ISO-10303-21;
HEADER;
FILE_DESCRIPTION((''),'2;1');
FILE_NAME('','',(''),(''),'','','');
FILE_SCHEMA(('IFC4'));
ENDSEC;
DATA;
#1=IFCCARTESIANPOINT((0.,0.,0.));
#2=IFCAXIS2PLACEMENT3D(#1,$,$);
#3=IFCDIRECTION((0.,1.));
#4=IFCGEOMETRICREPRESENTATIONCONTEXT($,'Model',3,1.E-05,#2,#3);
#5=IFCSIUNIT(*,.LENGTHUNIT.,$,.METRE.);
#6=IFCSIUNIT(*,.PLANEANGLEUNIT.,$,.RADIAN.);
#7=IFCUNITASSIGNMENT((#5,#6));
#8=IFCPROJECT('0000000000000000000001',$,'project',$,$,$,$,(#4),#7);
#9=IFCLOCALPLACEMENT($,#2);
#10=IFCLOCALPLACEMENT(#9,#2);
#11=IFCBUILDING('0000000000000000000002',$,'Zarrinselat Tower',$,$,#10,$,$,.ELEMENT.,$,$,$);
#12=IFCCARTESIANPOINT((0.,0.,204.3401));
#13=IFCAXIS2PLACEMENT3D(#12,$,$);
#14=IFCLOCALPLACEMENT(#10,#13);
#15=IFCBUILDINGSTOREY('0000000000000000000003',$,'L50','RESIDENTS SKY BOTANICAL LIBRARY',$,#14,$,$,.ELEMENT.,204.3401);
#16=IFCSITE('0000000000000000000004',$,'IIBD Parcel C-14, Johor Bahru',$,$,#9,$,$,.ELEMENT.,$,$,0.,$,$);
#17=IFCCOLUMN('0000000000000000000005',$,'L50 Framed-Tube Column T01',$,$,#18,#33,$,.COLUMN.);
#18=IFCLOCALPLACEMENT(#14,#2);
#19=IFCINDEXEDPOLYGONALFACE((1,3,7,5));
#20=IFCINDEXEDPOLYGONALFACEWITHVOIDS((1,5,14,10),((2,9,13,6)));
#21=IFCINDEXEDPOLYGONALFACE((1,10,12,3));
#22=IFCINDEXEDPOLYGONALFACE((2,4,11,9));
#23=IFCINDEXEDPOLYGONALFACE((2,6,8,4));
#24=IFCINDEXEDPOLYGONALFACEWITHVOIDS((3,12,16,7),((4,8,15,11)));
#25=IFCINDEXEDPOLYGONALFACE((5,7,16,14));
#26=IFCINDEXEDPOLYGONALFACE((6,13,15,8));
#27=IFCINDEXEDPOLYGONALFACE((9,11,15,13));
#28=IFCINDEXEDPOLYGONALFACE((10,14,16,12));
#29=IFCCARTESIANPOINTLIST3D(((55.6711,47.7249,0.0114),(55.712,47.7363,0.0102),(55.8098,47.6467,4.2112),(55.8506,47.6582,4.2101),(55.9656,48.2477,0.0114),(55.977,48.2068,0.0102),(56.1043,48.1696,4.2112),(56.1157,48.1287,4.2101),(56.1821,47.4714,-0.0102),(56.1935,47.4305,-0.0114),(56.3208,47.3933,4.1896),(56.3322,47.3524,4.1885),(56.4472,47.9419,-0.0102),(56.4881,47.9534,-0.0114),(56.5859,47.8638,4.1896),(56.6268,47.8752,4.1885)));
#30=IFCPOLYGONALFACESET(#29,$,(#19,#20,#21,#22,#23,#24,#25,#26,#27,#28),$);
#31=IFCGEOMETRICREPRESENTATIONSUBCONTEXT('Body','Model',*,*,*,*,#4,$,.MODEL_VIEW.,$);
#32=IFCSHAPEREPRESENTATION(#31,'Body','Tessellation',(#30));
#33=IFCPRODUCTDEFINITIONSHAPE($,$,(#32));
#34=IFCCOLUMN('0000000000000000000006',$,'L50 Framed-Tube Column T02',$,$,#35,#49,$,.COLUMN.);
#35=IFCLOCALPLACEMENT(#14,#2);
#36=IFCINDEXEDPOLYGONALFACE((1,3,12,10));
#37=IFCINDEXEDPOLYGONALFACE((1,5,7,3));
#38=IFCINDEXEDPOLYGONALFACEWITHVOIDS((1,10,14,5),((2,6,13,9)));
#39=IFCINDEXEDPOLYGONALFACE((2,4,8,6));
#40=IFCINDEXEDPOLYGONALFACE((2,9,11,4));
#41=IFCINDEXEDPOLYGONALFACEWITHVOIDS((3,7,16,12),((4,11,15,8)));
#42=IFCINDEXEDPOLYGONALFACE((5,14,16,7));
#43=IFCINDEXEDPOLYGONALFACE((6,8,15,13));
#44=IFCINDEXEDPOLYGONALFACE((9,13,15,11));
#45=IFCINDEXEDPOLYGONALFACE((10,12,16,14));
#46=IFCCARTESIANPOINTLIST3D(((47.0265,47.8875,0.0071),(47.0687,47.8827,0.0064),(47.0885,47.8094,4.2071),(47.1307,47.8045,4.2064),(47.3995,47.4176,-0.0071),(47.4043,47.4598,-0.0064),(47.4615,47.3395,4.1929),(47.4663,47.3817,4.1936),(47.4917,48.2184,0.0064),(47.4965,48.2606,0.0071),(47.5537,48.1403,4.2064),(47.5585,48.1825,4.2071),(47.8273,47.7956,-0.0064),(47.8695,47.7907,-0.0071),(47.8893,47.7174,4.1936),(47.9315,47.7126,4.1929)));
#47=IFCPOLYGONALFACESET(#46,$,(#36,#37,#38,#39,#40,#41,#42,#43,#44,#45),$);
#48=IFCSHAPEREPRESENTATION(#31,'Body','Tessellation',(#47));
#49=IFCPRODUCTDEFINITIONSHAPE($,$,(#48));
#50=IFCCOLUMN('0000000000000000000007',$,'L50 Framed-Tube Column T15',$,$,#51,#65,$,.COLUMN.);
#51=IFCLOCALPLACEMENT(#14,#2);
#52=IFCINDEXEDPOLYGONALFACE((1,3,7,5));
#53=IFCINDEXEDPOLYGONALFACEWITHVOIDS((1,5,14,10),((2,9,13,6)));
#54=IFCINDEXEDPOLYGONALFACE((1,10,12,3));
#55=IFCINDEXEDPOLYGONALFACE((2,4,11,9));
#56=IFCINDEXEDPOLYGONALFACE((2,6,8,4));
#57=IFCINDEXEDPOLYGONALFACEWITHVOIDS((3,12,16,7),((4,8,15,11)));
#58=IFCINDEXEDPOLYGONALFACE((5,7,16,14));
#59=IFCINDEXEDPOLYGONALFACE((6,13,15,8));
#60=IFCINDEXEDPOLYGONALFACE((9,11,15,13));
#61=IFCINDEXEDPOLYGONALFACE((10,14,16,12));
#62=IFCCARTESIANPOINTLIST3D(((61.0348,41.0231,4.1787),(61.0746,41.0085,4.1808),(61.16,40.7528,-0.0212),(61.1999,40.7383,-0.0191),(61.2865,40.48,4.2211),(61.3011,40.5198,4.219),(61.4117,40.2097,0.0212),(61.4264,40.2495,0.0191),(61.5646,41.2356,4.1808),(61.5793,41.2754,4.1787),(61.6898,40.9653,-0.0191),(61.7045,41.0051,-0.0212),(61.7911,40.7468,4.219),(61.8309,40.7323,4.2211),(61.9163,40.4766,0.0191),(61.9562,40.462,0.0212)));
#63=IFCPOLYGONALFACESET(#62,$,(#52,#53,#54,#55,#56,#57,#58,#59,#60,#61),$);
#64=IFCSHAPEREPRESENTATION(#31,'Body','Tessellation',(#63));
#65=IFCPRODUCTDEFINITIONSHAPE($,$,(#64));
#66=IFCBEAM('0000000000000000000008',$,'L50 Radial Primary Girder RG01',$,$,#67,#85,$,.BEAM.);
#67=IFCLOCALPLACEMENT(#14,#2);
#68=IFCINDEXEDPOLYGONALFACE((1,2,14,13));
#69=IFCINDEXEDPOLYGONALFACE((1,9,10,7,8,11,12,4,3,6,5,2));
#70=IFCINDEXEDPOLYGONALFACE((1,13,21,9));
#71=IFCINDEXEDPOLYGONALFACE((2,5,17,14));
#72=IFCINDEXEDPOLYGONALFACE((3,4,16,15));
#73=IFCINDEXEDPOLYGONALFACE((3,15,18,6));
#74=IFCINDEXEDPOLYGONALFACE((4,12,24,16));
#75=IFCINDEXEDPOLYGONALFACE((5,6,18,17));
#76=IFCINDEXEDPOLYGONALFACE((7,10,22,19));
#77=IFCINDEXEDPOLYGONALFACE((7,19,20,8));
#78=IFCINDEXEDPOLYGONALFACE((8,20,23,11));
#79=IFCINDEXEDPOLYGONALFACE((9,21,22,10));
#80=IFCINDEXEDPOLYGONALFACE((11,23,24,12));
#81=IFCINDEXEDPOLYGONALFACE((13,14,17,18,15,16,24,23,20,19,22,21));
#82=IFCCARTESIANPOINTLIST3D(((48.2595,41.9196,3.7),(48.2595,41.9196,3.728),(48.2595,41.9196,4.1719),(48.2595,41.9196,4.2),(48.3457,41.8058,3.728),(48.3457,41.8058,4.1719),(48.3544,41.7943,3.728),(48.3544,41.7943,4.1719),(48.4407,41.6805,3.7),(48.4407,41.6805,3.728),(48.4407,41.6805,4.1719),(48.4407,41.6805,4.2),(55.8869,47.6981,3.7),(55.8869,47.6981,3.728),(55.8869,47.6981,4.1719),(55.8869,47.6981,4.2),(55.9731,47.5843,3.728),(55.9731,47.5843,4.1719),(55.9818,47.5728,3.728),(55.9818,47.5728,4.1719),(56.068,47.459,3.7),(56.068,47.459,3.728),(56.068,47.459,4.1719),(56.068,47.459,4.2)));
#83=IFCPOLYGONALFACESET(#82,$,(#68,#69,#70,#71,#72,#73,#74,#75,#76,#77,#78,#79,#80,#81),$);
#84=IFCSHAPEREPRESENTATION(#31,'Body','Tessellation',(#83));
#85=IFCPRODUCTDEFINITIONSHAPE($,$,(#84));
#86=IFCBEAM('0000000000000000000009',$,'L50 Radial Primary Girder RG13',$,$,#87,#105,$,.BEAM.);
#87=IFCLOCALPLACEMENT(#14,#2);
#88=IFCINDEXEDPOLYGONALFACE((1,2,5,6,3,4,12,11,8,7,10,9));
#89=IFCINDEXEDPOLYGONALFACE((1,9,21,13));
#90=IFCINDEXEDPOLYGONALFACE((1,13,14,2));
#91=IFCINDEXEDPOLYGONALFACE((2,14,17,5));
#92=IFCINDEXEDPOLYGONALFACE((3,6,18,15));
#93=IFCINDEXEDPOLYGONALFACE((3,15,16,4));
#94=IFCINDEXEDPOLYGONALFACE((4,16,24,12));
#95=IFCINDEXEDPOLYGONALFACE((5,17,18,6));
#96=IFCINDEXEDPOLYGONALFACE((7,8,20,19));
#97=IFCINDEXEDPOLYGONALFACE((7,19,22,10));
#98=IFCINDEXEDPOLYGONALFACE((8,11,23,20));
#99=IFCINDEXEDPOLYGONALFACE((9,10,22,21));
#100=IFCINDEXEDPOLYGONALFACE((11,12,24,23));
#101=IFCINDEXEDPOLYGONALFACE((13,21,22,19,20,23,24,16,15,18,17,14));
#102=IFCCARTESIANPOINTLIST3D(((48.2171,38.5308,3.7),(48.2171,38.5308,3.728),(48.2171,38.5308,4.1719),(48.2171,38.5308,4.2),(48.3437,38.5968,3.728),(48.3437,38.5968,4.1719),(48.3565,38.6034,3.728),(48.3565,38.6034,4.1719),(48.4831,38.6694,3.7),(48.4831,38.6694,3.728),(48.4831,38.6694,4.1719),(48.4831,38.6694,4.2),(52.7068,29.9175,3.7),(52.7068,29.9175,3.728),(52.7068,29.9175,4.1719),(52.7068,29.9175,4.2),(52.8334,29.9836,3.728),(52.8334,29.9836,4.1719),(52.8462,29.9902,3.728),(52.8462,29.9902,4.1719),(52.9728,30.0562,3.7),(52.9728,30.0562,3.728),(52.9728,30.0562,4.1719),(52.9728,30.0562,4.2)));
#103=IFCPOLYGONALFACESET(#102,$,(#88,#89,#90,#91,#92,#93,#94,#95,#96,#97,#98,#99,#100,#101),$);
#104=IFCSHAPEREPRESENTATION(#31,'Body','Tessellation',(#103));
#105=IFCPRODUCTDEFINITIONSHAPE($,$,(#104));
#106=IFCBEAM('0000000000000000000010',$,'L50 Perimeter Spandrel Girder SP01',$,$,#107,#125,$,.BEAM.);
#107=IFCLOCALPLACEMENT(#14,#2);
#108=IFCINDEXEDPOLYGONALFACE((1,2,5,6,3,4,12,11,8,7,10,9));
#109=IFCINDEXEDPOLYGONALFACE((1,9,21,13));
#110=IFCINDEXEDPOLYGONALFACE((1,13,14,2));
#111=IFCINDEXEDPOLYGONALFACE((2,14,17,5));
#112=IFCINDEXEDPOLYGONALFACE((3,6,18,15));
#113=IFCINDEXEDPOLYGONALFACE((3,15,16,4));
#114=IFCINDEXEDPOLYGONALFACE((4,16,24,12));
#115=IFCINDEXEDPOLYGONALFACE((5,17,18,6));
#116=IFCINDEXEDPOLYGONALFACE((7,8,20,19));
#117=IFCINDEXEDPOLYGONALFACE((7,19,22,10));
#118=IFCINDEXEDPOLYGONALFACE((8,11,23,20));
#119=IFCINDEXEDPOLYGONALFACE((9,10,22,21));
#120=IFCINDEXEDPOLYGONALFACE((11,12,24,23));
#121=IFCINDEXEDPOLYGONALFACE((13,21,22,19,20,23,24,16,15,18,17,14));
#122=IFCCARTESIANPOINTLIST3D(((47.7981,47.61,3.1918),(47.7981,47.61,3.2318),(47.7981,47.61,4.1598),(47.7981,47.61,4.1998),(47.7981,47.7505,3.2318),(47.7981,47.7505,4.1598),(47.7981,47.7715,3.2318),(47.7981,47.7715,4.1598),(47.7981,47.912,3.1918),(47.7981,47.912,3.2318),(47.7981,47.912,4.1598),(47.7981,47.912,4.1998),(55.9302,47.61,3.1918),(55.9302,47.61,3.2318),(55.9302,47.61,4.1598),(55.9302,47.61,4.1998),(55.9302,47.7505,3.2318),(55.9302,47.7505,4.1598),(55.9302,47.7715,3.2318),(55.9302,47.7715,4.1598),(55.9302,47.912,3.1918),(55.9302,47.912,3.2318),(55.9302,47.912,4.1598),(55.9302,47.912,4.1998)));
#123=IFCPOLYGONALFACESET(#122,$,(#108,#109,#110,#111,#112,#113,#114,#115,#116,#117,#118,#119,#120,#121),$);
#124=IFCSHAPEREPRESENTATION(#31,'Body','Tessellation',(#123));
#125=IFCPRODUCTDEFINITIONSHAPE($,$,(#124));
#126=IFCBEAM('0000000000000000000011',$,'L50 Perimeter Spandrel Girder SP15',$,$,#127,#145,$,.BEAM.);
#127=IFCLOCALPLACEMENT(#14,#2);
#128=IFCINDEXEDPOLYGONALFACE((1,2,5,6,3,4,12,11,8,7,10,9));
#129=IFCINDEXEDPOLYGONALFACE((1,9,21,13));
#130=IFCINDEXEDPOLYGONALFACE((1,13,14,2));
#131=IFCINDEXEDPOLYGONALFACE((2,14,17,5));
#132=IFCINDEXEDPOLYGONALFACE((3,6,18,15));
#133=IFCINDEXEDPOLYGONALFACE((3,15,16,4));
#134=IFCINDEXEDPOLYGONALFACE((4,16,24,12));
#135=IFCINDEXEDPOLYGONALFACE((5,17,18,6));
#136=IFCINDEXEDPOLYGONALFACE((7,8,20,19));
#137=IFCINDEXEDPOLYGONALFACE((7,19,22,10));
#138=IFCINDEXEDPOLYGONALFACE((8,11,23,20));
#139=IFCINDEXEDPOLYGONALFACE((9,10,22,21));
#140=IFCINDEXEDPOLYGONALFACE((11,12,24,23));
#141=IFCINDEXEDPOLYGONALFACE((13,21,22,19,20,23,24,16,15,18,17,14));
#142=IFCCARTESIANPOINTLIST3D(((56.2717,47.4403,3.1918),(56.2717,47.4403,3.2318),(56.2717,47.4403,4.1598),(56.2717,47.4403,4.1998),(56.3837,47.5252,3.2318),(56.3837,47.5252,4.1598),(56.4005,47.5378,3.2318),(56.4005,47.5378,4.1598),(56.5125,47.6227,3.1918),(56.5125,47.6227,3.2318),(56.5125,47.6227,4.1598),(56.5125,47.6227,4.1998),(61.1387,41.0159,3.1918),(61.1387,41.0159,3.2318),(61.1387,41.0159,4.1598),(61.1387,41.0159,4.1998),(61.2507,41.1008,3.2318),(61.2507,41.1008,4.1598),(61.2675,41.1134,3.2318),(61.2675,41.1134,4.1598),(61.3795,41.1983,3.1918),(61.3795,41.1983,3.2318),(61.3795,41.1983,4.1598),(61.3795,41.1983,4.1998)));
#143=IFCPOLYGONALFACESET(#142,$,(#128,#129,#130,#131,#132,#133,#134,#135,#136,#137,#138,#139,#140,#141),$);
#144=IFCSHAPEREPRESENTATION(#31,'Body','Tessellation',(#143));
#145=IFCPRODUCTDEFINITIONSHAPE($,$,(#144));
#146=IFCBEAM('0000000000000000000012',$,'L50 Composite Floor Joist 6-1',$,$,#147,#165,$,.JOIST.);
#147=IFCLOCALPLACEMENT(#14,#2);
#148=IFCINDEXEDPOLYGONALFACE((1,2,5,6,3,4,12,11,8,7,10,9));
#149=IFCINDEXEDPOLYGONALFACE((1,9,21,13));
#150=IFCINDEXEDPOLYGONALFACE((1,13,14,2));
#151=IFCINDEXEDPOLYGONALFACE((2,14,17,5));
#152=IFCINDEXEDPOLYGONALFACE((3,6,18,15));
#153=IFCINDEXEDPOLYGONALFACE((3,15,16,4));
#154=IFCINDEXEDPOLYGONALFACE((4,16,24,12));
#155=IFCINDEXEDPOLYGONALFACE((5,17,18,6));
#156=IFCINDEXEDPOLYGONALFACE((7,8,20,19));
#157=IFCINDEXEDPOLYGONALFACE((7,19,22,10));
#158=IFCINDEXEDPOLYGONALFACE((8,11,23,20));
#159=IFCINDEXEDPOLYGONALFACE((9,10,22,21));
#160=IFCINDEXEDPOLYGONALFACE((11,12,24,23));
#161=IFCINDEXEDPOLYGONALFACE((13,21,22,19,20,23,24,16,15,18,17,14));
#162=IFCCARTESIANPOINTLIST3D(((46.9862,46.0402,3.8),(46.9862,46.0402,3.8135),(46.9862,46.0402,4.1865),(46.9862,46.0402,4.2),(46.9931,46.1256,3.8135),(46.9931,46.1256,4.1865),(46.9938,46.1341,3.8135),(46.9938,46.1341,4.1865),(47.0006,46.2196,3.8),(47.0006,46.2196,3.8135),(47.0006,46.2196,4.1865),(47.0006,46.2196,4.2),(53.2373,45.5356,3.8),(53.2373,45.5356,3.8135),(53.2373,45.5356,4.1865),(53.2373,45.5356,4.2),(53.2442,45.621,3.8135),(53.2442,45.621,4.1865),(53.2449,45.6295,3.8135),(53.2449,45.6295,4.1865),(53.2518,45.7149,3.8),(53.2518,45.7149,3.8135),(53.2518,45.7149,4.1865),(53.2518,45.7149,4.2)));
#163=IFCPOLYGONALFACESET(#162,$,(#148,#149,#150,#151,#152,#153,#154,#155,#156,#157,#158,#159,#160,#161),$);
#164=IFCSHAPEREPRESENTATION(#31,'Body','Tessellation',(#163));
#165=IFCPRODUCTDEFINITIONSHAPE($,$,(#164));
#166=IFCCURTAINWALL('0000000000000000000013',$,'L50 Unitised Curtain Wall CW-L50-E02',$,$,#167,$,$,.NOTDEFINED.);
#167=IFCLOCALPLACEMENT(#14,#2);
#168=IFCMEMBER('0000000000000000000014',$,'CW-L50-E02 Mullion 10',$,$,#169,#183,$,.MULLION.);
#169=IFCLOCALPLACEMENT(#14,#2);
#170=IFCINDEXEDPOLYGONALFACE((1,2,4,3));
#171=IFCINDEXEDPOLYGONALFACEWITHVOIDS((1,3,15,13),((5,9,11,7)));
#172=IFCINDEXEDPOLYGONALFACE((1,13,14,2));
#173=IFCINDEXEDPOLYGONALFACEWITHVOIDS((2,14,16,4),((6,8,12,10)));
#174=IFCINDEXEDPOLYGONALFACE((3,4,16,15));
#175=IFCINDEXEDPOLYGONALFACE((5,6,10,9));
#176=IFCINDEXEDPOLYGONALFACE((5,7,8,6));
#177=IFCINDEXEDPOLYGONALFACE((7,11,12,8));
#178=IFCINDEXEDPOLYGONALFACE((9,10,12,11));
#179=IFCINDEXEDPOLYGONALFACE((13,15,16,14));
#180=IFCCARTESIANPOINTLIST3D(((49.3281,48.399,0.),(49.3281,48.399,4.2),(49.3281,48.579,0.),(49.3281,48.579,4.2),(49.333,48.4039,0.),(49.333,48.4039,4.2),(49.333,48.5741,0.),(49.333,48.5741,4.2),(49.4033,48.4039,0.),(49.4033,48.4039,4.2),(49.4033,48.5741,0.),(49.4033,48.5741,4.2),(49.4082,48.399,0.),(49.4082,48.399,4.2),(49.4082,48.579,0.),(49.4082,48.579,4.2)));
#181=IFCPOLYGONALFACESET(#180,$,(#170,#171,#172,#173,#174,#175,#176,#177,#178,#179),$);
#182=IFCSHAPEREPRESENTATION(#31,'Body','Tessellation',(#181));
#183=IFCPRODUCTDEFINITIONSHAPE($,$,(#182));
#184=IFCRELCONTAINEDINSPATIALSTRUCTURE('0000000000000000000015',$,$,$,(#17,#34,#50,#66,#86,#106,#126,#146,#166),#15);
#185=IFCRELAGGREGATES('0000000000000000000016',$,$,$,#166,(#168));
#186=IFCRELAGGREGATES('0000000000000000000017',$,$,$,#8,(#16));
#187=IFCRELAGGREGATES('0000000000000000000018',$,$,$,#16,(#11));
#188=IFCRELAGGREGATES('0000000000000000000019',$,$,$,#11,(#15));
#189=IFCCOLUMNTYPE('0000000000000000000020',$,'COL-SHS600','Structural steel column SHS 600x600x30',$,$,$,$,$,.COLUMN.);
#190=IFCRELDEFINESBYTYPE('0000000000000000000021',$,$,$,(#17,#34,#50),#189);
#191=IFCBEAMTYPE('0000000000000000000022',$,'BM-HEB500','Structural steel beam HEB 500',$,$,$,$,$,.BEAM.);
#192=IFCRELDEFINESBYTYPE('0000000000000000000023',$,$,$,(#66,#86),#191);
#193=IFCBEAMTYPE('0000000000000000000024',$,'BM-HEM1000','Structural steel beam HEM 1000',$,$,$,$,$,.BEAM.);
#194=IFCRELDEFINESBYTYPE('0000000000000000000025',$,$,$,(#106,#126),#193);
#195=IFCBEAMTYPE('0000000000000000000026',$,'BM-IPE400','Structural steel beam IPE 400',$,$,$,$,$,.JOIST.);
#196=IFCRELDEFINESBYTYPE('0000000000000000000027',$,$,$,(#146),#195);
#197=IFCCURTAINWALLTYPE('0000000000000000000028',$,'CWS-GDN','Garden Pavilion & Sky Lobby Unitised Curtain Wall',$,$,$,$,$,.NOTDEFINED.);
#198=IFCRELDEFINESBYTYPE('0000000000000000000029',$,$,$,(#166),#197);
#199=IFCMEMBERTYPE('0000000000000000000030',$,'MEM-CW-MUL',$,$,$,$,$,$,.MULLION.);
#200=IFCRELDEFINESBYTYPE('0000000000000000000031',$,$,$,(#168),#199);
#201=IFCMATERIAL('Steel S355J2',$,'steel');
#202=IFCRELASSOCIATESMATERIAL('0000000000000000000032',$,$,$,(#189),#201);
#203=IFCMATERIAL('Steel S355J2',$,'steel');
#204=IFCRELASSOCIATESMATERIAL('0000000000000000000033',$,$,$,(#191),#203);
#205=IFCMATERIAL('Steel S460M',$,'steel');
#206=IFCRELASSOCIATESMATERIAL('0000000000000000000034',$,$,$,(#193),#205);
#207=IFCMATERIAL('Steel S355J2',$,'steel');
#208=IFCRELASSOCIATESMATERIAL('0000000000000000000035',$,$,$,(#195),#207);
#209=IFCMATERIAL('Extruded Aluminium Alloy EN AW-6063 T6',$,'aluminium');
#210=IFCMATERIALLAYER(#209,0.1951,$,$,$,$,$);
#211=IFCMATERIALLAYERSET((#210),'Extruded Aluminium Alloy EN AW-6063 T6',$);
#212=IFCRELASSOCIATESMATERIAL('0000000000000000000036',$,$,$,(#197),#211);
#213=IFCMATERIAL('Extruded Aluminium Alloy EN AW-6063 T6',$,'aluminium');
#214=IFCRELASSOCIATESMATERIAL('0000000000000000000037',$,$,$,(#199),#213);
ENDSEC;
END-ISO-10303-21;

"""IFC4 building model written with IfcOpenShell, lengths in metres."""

from ifc_helpers import new_model, si_unit, direction, frame, origin, origin_2d, place, context, subcontext, project, spatial, hollow_rectangle, i_section, extrude, material, layer, layer_set, material_profile, profile_set, type_object, element, aggregate, save


model = new_model("IFC4")

# Units and contexts
model_context = context("Model", 3, precision=1e-05, world=origin(), true_north=direction((0.0, 1.0)))
body_context = subcontext(model_context, "Body", "Model", "MODEL_VIEW")
ifc_project = project(units=[si_unit("LENGTHUNIT", "METRE"), si_unit("PLANEANGLEUNIT", "RADIAN")], contexts=[model_context])

# Site, building, storey
site_placement = place(None, origin())
site = spatial("IfcSite", under=ifc_project, at=site_placement, Name="IIBD Parcel C-14, Johor Bahru", CompositionType="ELEMENT", RefElevation=0.0)
building_placement = place(site_placement, origin())
building = spatial("IfcBuilding", under=site, at=building_placement, Name="Zarrinselat Tower", CompositionType="ELEMENT")
storey_placement = place(building_placement, frame((0.0, 0.0, 204.3401)))
storey = spatial("IfcBuildingStorey", under=building, at=storey_placement, Name="L50", Description="RESIDENTS SKY BOTANICAL LIBRARY", CompositionType="ELEMENT", Elevation=204.3401)

# Columns
ifc_material_1 = material(Name="Steel S355J2", Category="steel")
ifc_material_profile_1 = material_profile(ifc_material_1, hollow_rectangle(XDim=0.6001, YDim=0.6001, WallThickness=0.03, at=origin_2d()), Name="SHS 600x600x30")
ifc_profile_set_1 = profile_set([ifc_material_profile_1], Name="Steel S355J2")
column_type = type_object("IfcColumnType", Name="COL-SHS600", Description="Structural steel column SHS 600x600x30", PredefinedType="COLUMN", material=ifc_profile_set_1)
column_1_placement = place(storey_placement, frame((56.0796, 47.8391, 0.0), z_axis=(0.032994, -0.018588, 0.999283), x_axis=(0.490844, 0.871248, 0.0)))
element("IfcColumn", 1, at=column_1_placement, inside=storey, type_object=column_type, Name="L50 Framed-Tube Column T01", PredefinedType="COLUMN", context=body_context, shape_type="SweptSolid", body=[
    extrude(hollow_rectangle(XDim=0.6001, YDim=0.6001, WallThickness=0.03, at=origin_2d()), origin(), (0.0, 0.0, 1.0), 4.2029),
])
column_2_placement = place(storey_placement, frame((47.448, 47.8391, 0.0), z_axis=(0.014761, -0.018596, 0.999718), x_axis=(0.783251, 0.621706, 0.0)))
element("IfcColumn", 2, at=column_2_placement, inside=storey, type_object=column_type, Name="L50 Framed-Tube Column T02", PredefinedType="COLUMN", context=body_context, shape_type="SweptSolid", body=[
    extrude(hollow_rectangle(XDim=0.6001, YDim=0.6001, WallThickness=0.03, at=origin_2d()), origin(), (0.0, 0.0, 1.0), 4.2012),
])
column_3_placement = place(storey_placement, frame((61.5581, 40.6074, 0.0), z_axis=(-0.029746, 0.064188, 0.997494), x_axis=(-0.907311, -0.420461, 0.0)))
element("IfcColumn", 3, at=column_3_placement, inside=storey, type_object=column_type, Name="L50 Framed-Tube Column T15", PredefinedType="COLUMN", context=body_context, shape_type="SweptSolid", body=[
    extrude(hollow_rectangle(XDim=0.6001, YDim=0.6001, WallThickness=0.03, at=origin_2d()), origin(), (0.0, 0.0, 1.0), 4.2104),
])

# Beams
ifc_material_2 = material(Name="Steel S355J2", Category="steel")
ifc_material_profile_2 = material_profile(ifc_material_2, i_section(OverallWidth=0.3, OverallDepth=0.5, WebThickness=0.0144, FlangeThickness=0.0281, at=origin_2d()), Name="HEB 500")
ifc_profile_set_2 = profile_set([ifc_material_profile_2], Name="Steel S355J2")
beam_type_1 = type_object("IfcBeamType", Name="BM-HEB500", Description="Structural steel beam HEB 500", PredefinedType="BEAM", material=ifc_profile_set_2)
beam_1_placement = place(storey_placement, frame((48.3501, 41.8, 3.95), z_axis=(0.797082, 0.603871, 0.0), x_axis=(-0.603871, 0.797082, 0.0)))
element("IfcBeam", 4, at=beam_1_placement, inside=storey, type_object=beam_type_1, Name="L50 Radial Primary Girder RG01", PredefinedType="BEAM", context=body_context, shape_type="SweptSolid", body=[
    extrude(i_section(OverallWidth=0.3, OverallDepth=0.5, WebThickness=0.0144, FlangeThickness=0.0281, at=origin_2d()), origin(), (0.0, 0.0, 1.0), 9.5691),
])
beam_2_placement = place(storey_placement, frame((48.3501, 38.6001, 3.95), z_axis=(0.462231, -0.88676, 0.0), x_axis=(0.88676, 0.462231, 0.0)))
element("IfcBeam", 5, at=beam_2_placement, inside=storey, type_object=beam_type_1, Name="L50 Radial Primary Girder RG13", PredefinedType="BEAM", context=body_context, shape_type="SweptSolid", body=[
    extrude(i_section(OverallWidth=0.3, OverallDepth=0.5, WebThickness=0.0144, FlangeThickness=0.0281, at=origin_2d()), origin(), (0.0, 0.0, 1.0), 9.7131),
])
ifc_material_3 = material(Name="Steel S460M", Category="steel")
ifc_material_profile_3 = material_profile(ifc_material_3, i_section(OverallWidth=0.302, OverallDepth=1.0081, WebThickness=0.021, FlangeThickness=0.04, at=origin_2d()), Name="HEM 1000")
ifc_profile_set_3 = profile_set([ifc_material_profile_3], Name="Steel S460M")
beam_type_2 = type_object("IfcBeamType", Name="BM-HEM1000", Description="Structural steel beam HEM 1000", PredefinedType="BEAM", material=ifc_profile_set_3)
beam_3_placement = place(storey_placement, frame((47.7981, 47.761, 3.6958), z_axis=(1.0, 0.0, 0.0), x_axis=(0.0, 1.0, 0.0)))
element("IfcBeam", 6, at=beam_3_placement, inside=storey, type_object=beam_type_2, Name="L50 Perimeter Spandrel Girder SP01", PredefinedType="BEAM", context=body_context, shape_type="SweptSolid", body=[
    extrude(i_section(OverallWidth=0.302, OverallDepth=1.0081, WebThickness=0.021, FlangeThickness=0.04, at=origin_2d()), origin(), (0.0, 0.0, 1.0), 8.1321),
])
beam_4_placement = place(storey_placement, frame((56.3921, 47.5315, 3.6958), z_axis=(0.603861, -0.79709, 0.0), x_axis=(0.79709, 0.603861, 0.0)))
element("IfcBeam", 7, at=beam_4_placement, inside=storey, type_object=beam_type_2, Name="L50 Perimeter Spandrel Girder SP15", PredefinedType="BEAM", context=body_context, shape_type="SweptSolid", body=[
    extrude(i_section(OverallWidth=0.302, OverallDepth=1.0081, WebThickness=0.021, FlangeThickness=0.04, at=origin_2d()), origin(), (0.0, 0.0, 1.0), 8.0598),
])
ifc_material_4 = material(Name="Steel S355J2", Category="steel")
ifc_material_profile_4 = material_profile(ifc_material_4, i_section(OverallWidth=0.1799, OverallDepth=0.3999, WebThickness=0.0085, FlangeThickness=0.0134, at=origin_2d()), Name="IPE 400")
ifc_profile_set_4 = profile_set([ifc_material_profile_4], Name="Steel S355J2")
beam_type_3 = type_object("IfcBeamType", Name="BM-IPE400", Description="Structural steel beam IPE 400", PredefinedType="JOIST", material=ifc_profile_set_4)
beam_5_placement = place(storey_placement, frame((46.9934, 46.1299, 4.0), z_axis=(0.996757, -0.080465, 0.0), x_axis=(0.080465, 0.996757, 0.0)))
element("IfcBeam", 8, at=beam_5_placement, inside=storey, type_object=beam_type_3, Name="L50 Composite Floor Joist 6-1", PredefinedType="JOIST", context=body_context, shape_type="SweptSolid", body=[
    extrude(i_section(OverallWidth=0.1799, OverallDepth=0.3999, WebThickness=0.0085, FlangeThickness=0.0134, at=origin_2d()), origin(), (0.0, 0.0, 1.0), 6.2715),
])

# Curtain wall, member
ifc_material_5 = material(Name="Extruded Aluminium Alloy EN AW-6063 T6", Category="aluminium")
ifc_layer_1 = layer(ifc_material_5, 0.1951)
ifc_layer_set_1 = layer_set([ifc_layer_1], Name="Extruded Aluminium Alloy EN AW-6063 T6")
curtain_wall_type = type_object("IfcCurtainWallType", Name="CWS-GDN", Description="Garden Pavilion & Sky Lobby Unitised Curtain Wall", PredefinedType="NOTDEFINED", material=ifc_layer_set_1)
curtain_wall_1_placement = place(storey_placement, origin())
curtain_wall_1 = element("IfcCurtainWall", 9, at=curtain_wall_1_placement, inside=storey, type_object=curtain_wall_type, Name="L50 Unitised Curtain Wall CW-L50-E02", PredefinedType="NOTDEFINED")
ifc_material_6 = material(Name="Extruded Aluminium Alloy EN AW-6063 T6", Category="aluminium")
ifc_material_profile_5 = material_profile(ifc_material_6, hollow_rectangle(XDim=0.0801, YDim=0.1799, WallThickness=0.0049, at=origin_2d()), Name="RHS 180x80x5")
ifc_profile_set_5 = profile_set([ifc_material_profile_5], Name="Extruded Aluminium Alloy EN AW-6063 T6")
member_type_1 = type_object("IfcMemberType", Name="MEM-CW-MUL", PredefinedType="MULLION", material=ifc_profile_set_5)
member_1_placement = place(storey_placement, frame((49.3682, 48.489, 0.0), z_axis=(0.0, 0.0, 1.0), x_axis=(1.0, 0.0, 0.0)))
member_1 = element("IfcMember", 10, at=member_1_placement, type_object=member_type_1, Name="CW-L50-E02 Mullion 10", PredefinedType="MULLION", context=body_context, shape_type="SweptSolid", body=[
    extrude(hollow_rectangle(XDim=0.0801, YDim=0.1799, WallThickness=0.0049, at=origin_2d()), origin(), (0.0, 0.0, 1.0), 4.2),
])

aggregate(curtain_wall_1, [member_1])

save(model, "model.ifc")
